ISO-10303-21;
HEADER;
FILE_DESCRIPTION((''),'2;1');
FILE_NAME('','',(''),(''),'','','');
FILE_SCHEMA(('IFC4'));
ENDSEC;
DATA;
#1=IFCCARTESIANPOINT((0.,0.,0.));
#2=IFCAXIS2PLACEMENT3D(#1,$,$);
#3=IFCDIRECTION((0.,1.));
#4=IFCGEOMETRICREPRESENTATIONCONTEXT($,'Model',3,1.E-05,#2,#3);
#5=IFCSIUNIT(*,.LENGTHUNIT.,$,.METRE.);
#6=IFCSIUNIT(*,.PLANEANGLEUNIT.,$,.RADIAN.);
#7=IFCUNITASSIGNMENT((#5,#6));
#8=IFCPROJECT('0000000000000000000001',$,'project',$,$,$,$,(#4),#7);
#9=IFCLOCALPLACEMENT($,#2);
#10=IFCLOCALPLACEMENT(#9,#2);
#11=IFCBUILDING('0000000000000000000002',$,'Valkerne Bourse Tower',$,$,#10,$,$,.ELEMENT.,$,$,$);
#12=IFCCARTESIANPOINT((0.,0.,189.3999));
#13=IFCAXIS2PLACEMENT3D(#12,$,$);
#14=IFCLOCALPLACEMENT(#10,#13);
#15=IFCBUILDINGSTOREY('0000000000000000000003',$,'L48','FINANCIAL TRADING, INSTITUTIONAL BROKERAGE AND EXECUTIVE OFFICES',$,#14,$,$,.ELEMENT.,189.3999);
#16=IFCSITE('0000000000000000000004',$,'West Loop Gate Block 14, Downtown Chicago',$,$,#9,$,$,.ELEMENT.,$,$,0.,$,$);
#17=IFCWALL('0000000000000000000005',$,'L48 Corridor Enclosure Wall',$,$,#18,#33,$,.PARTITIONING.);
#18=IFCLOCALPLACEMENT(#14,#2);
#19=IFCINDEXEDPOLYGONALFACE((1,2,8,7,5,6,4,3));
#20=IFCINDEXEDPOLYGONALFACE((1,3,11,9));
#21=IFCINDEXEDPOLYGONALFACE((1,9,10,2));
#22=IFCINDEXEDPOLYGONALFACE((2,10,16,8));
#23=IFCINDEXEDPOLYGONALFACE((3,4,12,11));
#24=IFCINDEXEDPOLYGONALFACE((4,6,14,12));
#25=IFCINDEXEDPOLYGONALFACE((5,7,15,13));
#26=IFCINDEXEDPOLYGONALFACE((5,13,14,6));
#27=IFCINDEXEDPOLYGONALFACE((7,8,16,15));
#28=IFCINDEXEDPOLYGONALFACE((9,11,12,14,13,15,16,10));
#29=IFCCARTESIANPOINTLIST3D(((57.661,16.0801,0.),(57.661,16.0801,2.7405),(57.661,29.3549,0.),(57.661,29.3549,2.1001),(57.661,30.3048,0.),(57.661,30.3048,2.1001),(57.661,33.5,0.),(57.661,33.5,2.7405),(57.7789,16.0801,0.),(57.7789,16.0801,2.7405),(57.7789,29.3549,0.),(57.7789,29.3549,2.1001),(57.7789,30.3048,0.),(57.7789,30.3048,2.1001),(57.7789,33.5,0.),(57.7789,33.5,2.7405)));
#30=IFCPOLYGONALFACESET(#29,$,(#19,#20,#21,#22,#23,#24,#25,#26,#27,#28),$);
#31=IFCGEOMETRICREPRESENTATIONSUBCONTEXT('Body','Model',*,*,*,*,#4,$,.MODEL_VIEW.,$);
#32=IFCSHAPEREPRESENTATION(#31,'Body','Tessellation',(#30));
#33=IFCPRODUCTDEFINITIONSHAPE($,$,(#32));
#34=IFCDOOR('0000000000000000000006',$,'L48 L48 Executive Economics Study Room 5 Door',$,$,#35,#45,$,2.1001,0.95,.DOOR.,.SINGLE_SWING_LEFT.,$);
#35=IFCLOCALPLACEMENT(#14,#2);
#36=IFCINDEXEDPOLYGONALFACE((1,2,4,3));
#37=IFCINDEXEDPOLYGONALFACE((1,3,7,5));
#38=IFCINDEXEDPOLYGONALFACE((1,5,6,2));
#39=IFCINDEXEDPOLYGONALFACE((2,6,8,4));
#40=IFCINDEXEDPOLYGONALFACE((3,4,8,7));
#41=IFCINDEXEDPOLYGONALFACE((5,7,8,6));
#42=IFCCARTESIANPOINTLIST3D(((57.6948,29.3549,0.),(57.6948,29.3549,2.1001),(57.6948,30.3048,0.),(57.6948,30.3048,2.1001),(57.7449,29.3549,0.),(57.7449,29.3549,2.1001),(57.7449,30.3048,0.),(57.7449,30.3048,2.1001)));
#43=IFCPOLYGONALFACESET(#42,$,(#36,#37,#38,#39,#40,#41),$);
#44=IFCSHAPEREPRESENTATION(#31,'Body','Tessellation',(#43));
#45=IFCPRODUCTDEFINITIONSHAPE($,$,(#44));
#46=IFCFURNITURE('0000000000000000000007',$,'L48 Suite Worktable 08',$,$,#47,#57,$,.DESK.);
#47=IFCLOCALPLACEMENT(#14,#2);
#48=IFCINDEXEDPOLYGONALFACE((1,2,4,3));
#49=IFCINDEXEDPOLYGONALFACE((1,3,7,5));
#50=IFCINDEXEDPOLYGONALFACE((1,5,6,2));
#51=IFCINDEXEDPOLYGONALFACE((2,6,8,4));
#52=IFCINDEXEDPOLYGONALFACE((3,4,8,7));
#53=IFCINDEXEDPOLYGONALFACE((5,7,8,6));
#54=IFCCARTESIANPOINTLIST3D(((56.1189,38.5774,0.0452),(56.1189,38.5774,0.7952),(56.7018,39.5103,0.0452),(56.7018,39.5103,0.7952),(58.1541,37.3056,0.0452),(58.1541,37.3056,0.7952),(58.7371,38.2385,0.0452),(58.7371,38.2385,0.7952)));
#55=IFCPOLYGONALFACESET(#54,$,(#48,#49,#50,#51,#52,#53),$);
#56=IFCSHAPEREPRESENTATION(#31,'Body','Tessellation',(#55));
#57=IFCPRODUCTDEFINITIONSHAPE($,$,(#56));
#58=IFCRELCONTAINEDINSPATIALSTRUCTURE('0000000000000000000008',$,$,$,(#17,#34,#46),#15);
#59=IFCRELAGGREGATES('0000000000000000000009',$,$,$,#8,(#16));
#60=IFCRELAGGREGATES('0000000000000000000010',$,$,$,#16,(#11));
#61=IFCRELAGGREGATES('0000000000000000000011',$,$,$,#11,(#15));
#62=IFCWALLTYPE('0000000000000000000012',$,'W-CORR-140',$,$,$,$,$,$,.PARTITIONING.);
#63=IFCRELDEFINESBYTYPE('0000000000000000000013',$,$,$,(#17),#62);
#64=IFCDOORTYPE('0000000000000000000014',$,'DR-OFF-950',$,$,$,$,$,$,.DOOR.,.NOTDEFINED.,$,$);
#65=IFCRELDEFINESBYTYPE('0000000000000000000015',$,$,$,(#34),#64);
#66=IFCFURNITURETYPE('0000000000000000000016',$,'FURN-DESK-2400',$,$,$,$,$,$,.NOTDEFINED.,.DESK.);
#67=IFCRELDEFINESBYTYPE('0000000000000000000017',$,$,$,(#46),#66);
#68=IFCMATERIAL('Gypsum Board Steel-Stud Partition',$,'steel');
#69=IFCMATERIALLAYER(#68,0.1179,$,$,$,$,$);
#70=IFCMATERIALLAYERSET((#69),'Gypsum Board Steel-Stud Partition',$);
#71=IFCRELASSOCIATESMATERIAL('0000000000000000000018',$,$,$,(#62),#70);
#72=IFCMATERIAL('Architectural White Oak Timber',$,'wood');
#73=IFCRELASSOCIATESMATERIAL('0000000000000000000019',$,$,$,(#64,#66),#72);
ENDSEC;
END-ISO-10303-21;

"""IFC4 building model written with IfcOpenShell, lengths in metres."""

from ifc_helpers import new_model, si_unit, direction, frame, frame_2d, origin, origin_2d, place, context, subcontext, project, spatial, rectangle, extrude, material, layer, layer_set, type_object, element, fill, save


model = new_model("IFC4")

# Units and contexts
model_context = context("Model", 3, precision=1e-05, world=origin(), true_north=direction((0.0, 1.0)))
body_context = subcontext(model_context, "Body", "Model", "MODEL_VIEW")
ifc_project = project(units=[si_unit("LENGTHUNIT", "METRE"), si_unit("PLANEANGLEUNIT", "RADIAN")], contexts=[model_context])

# Site, building, storey
site_placement = place(None, origin())
site = spatial("IfcSite", under=ifc_project, at=site_placement, Name="West Loop Gate Block 14, Downtown Chicago", CompositionType="ELEMENT", RefElevation=0.0)
building_placement = place(site_placement, origin())
building = spatial("IfcBuilding", under=site, at=building_placement, Name="Valkerne Bourse Tower", CompositionType="ELEMENT")
storey_placement = place(building_placement, frame((0.0, 0.0, 189.3999)))
storey = spatial("IfcBuildingStorey", under=building, at=storey_placement, Name="L48", Description="FINANCIAL TRADING, INSTITUTIONAL BROKERAGE AND EXECUTIVE OFFICES", CompositionType="ELEMENT", Elevation=189.3999)

# Shared definitions
ifc_material_1 = material(Name="Gypsum Board Steel-Stud Partition", Category="steel")
ifc_layer_1 = layer(ifc_material_1, 0.1179)
ifc_layer_set_1 = layer_set([ifc_layer_1], Name="Gypsum Board Steel-Stud Partition")
wall_type = type_object("IfcWallType", Name="W-CORR-140", PredefinedType="PARTITIONING", material=ifc_layer_set_1)

# Wall, opening, door
wall_1_placement = place(storey_placement, frame((57.72, 33.5, 0.0), z_axis=(0.0, 0.0, 1.0), x_axis=(0.0, -1.0, 0.0)))
wall_1 = element("IfcWall", 1, at=wall_1_placement, inside=storey, type_object=wall_type, Name="L48 Corridor Enclosure Wall", PredefinedType="PARTITIONING", context=body_context, shape_type="SweptSolid", body=[
    extrude(rectangle(XDim=17.4199, YDim=0.1179, at=frame_2d((8.71, 0.0))), origin(), (0.0, 0.0, 1.0), 2.7405),
])
opening_placement = place(wall_1_placement, frame((3.1951, 0.0, 0.0)))
opening = element("IfcOpeningElement", 2, at=opening_placement, cuts=wall_1, PredefinedType="OPENING", context=body_context, shape_type="SweptSolid", body=[
    extrude(rectangle(XDim=0.95, YDim=2.1001, at=frame_2d((0.4751, 1.05))), frame((0.0, 0.0688, 0.0), z_axis=(0.0, -1.0, 0.0), x_axis=(1.0, 0.0, 0.0)), (0.0, 0.0, 1.0), 0.1379),
])
ifc_material_2 = material(Name="Architectural White Oak Timber", Category="wood")
door_type = type_object("IfcDoorType", Name="DR-OFF-950", OperationType="NOTDEFINED", PredefinedType="DOOR", material=ifc_material_2)
door_placement = place(opening_placement, origin())
door = element("IfcDoor", 3, at=door_placement, inside=storey, type_object=door_type, Name="L48 L48 Executive Economics Study Room 5 Door", OperationType="SINGLE_SWING_LEFT", OverallHeight=2.1001, OverallWidth=0.95, PredefinedType="DOOR", context=body_context, shape_type="SweptSolid", body=[
    extrude(rectangle(XDim=0.95, YDim=2.1001, at=frame_2d((0.4751, 1.05))), frame((0.0, 0.0249, 0.0), z_axis=(0.0, -1.0, 0.0), x_axis=(1.0, 0.0, 0.0)), (0.0, 0.0, 1.0), 0.05),
])
fill(opening, door)

# Furniture
furniture_type = type_object("IfcFurnitureType", Name="FURN-DESK-2400", AssemblyPlace="NOTDEFINED", PredefinedType="DESK", material=ifc_material_2)
furniture_placement = place(storey_placement, frame((57.428, 38.408, 0.0452), z_axis=(0.0, 0.0, 1.0), x_axis=(-0.848048, 0.529919, 0.0)))
element("IfcFurniture", 4, at=furniture_placement, inside=storey, type_object=furniture_type, Name="L48 Suite Worktable 08", PredefinedType="DESK", context=body_context, shape_type="SweptSolid", body=[
    extrude(rectangle(XDim=2.3999, YDim=1.1001, at=origin_2d()), origin(), (0.0, 0.0, 1.0), 0.75),
])

save(model, "model.ifc")
